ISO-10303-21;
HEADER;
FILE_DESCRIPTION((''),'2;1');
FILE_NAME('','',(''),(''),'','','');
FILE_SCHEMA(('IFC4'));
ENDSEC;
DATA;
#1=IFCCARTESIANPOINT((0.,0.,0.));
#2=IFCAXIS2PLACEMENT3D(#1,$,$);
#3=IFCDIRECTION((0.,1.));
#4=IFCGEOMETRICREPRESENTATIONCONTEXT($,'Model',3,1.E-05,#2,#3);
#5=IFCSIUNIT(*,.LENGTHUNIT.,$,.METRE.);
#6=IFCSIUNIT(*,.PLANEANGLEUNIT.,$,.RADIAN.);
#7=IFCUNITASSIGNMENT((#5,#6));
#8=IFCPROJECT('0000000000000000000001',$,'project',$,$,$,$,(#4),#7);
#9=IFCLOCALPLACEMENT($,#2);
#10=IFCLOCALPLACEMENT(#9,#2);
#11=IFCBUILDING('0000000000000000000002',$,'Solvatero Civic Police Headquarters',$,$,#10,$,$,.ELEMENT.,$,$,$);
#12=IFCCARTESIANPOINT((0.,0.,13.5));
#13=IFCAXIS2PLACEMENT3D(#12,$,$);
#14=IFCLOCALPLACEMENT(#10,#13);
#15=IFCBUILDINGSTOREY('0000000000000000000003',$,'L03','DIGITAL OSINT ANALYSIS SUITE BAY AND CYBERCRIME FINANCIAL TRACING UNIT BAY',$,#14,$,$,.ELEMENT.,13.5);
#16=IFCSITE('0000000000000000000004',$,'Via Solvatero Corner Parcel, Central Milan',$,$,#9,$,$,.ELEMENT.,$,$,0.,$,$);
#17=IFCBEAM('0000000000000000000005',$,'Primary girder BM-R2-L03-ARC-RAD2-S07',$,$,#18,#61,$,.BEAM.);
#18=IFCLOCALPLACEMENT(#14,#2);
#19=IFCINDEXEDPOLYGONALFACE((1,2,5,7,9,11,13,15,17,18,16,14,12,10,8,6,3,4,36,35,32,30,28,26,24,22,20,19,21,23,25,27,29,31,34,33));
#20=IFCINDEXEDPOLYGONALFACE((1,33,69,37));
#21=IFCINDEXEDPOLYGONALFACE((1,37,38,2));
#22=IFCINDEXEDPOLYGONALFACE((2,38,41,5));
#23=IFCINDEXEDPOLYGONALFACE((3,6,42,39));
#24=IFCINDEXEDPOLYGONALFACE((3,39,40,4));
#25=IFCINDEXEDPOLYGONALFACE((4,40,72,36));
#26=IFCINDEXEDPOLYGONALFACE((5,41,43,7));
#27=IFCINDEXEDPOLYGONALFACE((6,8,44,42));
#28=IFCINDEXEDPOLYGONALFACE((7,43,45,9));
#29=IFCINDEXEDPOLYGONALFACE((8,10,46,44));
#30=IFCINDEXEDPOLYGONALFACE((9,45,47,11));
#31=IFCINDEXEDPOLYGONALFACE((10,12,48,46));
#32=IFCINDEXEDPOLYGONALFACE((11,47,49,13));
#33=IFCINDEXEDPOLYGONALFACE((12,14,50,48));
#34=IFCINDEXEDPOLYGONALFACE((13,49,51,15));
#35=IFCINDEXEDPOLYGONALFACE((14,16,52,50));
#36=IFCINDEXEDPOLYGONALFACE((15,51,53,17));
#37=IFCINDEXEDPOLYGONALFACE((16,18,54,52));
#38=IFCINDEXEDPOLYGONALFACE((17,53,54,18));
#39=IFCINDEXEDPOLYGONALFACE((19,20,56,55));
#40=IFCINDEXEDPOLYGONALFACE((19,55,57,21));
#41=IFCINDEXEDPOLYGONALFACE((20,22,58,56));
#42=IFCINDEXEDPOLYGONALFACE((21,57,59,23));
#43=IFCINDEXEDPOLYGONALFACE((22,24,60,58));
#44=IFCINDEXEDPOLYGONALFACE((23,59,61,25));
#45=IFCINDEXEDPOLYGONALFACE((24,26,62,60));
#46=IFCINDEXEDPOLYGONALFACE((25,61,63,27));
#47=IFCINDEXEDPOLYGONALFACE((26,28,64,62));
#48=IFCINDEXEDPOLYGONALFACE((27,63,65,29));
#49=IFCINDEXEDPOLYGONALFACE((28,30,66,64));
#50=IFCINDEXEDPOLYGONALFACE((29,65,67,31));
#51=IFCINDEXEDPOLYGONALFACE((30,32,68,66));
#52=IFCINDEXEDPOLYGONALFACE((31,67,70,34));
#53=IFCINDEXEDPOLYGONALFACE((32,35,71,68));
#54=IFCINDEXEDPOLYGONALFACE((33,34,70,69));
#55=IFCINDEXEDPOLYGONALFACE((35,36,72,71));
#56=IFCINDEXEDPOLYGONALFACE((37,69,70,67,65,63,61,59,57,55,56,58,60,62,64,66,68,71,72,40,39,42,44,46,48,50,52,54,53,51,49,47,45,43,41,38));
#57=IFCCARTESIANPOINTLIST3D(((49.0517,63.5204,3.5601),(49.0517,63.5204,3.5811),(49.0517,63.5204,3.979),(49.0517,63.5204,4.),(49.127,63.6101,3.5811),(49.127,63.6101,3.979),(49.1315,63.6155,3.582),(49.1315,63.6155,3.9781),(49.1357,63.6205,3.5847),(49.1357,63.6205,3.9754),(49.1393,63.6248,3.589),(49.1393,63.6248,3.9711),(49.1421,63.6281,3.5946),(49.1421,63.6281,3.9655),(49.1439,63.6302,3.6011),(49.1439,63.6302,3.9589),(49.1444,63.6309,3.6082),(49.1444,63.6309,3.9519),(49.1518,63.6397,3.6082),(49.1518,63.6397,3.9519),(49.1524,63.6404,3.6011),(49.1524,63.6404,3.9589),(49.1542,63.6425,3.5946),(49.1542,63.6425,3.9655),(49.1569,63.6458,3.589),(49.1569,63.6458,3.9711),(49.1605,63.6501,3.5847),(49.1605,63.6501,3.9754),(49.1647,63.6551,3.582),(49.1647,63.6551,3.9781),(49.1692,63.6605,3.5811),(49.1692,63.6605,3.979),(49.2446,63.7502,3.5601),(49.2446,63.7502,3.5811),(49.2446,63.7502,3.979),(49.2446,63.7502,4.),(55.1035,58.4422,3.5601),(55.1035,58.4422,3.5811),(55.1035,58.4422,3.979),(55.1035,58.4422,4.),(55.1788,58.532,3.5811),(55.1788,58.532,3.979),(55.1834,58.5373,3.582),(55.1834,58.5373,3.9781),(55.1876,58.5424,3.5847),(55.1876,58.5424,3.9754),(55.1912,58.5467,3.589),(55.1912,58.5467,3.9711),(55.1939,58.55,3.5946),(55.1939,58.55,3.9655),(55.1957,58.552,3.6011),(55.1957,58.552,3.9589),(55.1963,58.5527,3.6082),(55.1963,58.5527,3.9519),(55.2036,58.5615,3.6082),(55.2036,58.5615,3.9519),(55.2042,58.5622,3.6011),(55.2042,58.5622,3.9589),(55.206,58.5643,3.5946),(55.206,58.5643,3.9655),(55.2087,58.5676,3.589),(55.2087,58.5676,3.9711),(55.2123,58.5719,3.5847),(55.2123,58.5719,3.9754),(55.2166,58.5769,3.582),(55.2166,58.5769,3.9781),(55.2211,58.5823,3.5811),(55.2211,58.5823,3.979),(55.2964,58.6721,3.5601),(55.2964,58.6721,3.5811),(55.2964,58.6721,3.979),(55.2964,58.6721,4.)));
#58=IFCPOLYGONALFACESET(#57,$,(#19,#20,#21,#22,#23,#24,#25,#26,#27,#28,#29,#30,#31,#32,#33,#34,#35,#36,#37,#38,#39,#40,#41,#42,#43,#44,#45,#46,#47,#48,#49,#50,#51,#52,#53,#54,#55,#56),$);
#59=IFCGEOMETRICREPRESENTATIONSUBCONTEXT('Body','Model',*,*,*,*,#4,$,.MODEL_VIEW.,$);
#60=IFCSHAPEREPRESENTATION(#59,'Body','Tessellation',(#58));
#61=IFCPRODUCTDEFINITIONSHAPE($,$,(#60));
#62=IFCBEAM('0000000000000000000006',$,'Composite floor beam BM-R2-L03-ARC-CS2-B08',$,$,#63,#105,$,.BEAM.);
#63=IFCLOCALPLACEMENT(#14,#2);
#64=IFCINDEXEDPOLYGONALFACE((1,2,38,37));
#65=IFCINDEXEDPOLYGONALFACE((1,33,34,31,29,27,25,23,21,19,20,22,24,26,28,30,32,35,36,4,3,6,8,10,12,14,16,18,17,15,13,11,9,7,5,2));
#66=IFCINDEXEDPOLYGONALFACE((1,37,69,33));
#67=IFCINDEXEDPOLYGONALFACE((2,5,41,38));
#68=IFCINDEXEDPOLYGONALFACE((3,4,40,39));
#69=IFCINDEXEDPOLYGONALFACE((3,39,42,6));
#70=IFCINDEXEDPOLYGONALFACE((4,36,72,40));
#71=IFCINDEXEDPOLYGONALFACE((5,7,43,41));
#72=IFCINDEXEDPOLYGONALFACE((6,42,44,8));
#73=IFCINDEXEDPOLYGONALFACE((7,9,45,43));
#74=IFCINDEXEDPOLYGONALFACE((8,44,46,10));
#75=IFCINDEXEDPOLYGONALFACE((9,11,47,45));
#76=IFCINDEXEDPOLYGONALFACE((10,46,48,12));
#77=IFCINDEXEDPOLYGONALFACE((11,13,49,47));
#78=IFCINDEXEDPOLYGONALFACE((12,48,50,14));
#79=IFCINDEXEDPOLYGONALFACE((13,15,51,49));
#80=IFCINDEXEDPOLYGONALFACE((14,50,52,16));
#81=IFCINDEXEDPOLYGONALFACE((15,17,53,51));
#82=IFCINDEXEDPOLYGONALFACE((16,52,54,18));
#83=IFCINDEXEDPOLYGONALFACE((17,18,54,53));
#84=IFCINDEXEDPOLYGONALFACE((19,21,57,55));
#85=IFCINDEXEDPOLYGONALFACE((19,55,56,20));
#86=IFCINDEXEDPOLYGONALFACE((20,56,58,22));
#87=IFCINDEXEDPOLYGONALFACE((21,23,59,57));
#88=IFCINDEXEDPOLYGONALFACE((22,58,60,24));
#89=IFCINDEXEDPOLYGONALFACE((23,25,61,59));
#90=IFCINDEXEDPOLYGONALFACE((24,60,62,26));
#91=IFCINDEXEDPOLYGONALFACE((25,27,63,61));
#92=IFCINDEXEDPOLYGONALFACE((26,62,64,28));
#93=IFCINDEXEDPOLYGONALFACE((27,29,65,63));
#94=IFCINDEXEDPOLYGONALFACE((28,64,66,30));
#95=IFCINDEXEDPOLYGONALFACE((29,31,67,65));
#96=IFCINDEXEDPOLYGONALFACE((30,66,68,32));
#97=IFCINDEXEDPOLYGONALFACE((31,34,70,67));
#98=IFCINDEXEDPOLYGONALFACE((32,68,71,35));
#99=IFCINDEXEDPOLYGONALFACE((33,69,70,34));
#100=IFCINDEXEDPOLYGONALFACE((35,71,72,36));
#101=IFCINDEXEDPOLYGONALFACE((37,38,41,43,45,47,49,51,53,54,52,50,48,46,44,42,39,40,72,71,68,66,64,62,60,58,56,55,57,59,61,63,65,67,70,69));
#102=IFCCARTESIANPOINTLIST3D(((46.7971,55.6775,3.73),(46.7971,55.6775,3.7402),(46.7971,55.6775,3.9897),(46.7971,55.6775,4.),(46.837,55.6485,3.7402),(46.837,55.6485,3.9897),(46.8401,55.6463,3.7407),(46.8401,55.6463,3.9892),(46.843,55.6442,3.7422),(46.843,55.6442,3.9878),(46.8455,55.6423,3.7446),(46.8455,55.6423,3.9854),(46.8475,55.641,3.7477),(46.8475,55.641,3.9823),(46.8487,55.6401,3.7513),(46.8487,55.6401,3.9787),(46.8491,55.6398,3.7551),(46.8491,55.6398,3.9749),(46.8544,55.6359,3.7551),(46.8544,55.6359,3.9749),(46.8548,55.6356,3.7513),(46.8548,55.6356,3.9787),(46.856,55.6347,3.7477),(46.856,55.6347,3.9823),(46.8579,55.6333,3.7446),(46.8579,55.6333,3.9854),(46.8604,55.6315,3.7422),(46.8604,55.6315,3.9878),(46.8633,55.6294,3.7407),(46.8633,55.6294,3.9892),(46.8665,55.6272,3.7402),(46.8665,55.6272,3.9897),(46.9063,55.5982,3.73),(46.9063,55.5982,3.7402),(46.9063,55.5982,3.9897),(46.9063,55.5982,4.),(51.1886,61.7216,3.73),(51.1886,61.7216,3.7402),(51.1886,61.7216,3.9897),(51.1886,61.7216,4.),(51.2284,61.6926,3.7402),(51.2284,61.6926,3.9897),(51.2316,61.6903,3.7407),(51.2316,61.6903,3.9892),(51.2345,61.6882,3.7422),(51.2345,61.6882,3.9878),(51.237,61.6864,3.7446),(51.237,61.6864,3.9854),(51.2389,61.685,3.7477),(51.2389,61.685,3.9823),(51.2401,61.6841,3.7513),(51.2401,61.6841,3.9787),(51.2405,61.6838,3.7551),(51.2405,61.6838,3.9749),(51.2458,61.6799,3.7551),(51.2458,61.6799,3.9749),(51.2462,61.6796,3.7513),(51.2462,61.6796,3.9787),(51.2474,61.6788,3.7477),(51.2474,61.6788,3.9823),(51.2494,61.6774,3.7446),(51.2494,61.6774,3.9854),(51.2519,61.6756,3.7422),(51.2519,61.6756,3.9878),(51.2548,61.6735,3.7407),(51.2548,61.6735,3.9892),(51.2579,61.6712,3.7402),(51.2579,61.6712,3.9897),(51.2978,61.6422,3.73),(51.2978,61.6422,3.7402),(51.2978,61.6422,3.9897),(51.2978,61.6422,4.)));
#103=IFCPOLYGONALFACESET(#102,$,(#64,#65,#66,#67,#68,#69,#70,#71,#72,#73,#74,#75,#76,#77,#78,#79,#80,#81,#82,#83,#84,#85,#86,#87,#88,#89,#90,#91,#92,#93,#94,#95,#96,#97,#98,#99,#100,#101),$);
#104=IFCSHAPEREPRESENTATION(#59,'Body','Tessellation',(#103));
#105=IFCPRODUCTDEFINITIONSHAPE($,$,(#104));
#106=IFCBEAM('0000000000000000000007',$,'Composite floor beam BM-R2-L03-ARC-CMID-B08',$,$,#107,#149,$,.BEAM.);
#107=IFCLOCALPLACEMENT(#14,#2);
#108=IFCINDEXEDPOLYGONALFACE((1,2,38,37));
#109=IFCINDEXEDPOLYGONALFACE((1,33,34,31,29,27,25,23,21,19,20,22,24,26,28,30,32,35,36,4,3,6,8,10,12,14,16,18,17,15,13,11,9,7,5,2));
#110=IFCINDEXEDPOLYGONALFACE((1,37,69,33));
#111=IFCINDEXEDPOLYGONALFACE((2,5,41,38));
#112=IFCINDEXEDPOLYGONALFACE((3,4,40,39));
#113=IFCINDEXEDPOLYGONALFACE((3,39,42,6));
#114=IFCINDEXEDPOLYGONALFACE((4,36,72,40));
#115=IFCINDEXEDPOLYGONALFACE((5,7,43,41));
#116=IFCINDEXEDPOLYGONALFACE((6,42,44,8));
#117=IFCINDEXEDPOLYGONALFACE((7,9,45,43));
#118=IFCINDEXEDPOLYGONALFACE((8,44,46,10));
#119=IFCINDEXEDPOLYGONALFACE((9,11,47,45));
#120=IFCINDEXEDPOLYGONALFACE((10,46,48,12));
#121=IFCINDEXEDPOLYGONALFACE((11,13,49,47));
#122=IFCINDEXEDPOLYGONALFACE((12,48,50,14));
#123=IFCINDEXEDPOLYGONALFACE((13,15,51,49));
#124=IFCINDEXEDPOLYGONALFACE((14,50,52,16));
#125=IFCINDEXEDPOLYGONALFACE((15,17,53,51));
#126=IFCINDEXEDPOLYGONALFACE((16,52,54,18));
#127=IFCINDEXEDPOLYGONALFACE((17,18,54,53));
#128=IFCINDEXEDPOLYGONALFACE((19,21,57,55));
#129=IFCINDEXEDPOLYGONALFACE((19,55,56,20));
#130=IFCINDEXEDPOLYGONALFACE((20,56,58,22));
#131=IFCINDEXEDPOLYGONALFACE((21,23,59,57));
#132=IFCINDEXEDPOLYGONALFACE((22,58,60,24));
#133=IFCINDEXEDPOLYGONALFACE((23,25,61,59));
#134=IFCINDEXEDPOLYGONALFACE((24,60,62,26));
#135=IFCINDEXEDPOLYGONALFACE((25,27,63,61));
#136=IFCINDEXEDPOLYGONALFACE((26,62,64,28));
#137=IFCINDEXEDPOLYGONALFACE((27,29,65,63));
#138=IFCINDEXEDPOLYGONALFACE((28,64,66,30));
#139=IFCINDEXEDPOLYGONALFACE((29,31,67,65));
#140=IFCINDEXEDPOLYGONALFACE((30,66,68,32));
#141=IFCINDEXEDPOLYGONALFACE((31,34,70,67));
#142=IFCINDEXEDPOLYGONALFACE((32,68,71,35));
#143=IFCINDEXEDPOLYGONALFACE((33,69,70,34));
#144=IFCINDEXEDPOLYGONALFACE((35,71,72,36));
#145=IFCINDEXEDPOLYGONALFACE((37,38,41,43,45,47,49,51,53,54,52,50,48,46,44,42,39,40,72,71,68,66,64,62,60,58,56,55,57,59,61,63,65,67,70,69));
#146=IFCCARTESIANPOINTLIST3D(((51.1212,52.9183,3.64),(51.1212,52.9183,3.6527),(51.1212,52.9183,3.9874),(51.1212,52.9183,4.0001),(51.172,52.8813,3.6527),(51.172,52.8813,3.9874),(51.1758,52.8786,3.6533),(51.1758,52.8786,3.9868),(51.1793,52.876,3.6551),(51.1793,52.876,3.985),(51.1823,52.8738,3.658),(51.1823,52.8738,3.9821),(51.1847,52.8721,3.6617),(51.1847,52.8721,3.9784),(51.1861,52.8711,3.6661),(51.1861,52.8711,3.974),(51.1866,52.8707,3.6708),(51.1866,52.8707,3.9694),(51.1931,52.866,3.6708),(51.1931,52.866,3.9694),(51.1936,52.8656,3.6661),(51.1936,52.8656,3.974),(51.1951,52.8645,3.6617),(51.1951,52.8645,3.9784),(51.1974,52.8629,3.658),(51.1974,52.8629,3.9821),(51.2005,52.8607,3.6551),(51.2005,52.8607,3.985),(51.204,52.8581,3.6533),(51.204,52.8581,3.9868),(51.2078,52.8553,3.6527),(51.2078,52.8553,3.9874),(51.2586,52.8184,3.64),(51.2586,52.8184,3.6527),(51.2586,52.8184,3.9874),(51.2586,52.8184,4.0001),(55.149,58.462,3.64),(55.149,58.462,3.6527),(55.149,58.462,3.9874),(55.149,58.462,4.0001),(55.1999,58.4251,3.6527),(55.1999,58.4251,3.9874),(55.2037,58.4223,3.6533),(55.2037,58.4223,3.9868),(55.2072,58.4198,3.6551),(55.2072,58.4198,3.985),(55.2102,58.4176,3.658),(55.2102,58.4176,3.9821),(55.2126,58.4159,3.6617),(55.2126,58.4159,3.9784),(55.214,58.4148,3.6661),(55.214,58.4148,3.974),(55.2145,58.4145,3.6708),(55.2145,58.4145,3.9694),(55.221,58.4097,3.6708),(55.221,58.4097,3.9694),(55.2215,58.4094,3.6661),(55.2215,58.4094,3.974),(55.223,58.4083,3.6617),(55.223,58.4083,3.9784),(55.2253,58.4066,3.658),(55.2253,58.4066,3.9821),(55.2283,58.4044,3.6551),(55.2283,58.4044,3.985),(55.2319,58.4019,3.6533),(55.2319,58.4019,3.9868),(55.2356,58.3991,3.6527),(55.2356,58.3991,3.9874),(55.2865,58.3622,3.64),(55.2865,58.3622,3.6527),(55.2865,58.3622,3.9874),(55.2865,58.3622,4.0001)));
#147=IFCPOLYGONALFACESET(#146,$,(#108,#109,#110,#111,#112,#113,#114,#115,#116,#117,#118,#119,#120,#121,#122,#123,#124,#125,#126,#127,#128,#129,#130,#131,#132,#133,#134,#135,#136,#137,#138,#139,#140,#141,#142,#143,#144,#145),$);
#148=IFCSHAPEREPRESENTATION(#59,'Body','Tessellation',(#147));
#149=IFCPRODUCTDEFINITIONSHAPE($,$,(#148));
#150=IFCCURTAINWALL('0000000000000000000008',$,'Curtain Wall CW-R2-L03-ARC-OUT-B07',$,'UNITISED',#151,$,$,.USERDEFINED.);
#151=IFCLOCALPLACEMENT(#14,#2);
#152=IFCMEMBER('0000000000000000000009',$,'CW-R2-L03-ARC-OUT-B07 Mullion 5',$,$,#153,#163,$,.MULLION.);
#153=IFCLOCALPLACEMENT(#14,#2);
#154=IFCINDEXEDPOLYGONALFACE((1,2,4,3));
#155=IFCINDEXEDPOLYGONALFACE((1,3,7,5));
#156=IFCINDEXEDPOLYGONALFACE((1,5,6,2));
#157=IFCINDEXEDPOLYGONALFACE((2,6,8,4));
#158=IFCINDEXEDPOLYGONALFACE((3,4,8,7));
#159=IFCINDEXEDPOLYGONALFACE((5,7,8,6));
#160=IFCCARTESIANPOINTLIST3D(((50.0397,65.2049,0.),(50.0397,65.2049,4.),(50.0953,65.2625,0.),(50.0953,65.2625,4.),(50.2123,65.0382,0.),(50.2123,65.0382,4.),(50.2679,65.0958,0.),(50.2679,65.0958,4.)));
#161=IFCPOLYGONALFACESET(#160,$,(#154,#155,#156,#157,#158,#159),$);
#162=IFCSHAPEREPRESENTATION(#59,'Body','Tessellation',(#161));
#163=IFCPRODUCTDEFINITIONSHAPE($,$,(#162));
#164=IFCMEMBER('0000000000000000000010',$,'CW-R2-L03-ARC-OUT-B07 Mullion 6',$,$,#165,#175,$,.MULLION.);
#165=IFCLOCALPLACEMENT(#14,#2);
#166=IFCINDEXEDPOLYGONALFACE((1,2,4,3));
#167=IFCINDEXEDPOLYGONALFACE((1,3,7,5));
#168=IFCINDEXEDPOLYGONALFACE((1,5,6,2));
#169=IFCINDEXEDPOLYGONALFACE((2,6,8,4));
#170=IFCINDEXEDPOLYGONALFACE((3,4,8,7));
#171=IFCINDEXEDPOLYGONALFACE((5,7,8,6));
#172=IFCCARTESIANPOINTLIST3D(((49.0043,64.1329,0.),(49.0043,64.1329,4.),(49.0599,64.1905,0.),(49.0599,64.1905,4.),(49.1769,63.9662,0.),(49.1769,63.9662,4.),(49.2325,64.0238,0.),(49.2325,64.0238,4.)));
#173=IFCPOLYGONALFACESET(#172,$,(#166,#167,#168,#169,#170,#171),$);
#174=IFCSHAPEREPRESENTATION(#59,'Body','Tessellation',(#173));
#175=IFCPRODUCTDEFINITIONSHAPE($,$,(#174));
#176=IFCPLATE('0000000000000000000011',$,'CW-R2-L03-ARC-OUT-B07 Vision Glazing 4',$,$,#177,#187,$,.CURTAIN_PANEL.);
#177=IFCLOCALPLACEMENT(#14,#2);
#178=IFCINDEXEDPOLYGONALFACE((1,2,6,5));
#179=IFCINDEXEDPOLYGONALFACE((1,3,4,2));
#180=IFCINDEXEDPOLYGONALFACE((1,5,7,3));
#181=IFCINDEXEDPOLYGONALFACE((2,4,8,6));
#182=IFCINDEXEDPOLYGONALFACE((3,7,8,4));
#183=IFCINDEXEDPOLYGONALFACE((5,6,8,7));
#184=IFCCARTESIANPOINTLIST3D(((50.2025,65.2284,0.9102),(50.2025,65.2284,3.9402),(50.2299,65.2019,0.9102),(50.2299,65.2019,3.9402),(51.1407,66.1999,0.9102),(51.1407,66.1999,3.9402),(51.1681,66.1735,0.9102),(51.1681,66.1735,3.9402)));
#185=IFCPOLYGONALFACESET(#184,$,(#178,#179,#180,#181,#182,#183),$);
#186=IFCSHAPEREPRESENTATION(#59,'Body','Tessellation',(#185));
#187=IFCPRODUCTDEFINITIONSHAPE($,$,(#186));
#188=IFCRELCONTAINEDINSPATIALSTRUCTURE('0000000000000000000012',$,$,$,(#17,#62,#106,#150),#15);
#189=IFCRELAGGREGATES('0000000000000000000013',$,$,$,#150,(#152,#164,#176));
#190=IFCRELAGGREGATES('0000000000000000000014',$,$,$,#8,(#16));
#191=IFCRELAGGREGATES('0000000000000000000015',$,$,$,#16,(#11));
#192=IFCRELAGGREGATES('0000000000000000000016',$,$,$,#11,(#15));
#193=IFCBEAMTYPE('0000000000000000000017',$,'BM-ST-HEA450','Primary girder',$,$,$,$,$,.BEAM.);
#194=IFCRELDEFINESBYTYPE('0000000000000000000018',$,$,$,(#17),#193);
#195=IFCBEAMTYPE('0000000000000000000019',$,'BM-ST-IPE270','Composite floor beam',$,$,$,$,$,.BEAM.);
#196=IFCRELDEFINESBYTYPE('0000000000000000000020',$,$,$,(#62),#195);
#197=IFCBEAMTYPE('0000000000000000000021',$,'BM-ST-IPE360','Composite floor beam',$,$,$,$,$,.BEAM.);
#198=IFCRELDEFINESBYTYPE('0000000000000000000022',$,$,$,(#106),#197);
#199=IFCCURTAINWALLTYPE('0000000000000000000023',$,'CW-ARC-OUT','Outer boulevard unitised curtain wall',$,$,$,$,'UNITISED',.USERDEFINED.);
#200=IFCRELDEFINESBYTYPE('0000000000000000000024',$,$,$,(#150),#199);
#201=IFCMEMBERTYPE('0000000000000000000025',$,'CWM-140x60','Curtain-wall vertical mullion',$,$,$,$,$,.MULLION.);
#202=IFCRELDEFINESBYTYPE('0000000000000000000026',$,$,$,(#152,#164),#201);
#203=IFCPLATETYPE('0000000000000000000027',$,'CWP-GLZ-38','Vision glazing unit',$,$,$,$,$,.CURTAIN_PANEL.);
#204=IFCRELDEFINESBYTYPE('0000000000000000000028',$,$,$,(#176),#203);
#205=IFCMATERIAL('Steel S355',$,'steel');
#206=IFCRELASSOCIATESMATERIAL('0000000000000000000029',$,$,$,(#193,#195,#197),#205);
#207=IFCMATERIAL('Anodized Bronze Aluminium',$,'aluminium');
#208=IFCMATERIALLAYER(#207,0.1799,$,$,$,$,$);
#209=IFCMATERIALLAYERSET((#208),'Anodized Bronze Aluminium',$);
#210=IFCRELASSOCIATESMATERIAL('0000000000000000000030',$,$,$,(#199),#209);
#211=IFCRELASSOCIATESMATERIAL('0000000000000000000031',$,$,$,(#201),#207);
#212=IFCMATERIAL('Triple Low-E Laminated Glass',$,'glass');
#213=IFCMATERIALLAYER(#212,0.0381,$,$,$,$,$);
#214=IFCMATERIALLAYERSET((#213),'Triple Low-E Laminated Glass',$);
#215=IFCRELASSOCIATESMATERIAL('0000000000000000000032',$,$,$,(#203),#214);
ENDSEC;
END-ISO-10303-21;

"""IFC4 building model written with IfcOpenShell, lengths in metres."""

from ifc_helpers import new_model, si_unit, direction, frame, origin, origin_2d, place, context, subcontext, project, spatial, rectangle, i_section, extrude, material, layer, layer_set, material_profile, profile_set, type_object, element, aggregate, save


model = new_model("IFC4")

# Units and contexts
model_context = context("Model", 3, precision=1e-05, world=origin(), true_north=direction((0.0, 1.0)))
body_context = subcontext(model_context, "Body", "Model", "MODEL_VIEW")
ifc_project = project(units=[si_unit("LENGTHUNIT", "METRE"), si_unit("PLANEANGLEUNIT", "RADIAN")], contexts=[model_context])

# Site, building, storey
site_placement = place(None, origin())
site = spatial("IfcSite", under=ifc_project, at=site_placement, Name="Via Solvatero Corner Parcel, Central Milan", CompositionType="ELEMENT", RefElevation=0.0)
building_placement = place(site_placement, origin())
building = spatial("IfcBuilding", under=site, at=building_placement, Name="Solvatero Civic Police Headquarters", CompositionType="ELEMENT")
storey_placement = place(building_placement, frame((0.0, 0.0, 13.5)))
storey = spatial("IfcBuildingStorey", under=building, at=storey_placement, Name="L03", Description="DIGITAL OSINT ANALYSIS SUITE BAY AND CYBERCRIME FINANCIAL TRACING UNIT BAY", CompositionType="ELEMENT", Elevation=13.5)

# Shared definitions
ifc_material_1 = material(Name="Steel S355", Category="steel")

# Beams
ifc_material_profile_1 = material_profile(ifc_material_1, i_section(OverallWidth=0.3, OverallDepth=0.4399, WebThickness=0.0115, FlangeThickness=0.021, FilletRadius=0.0271, at=origin_2d()), Name="HEA 450")
ifc_profile_set_1 = profile_set([ifc_material_profile_1], Name="Steel S355")
beam_type_1 = type_object("IfcBeamType", Name="BM-ST-HEA450", Description="Primary girder", PredefinedType="BEAM", material=ifc_profile_set_1)
beam_1_placement = place(storey_placement, frame((55.2, 58.5571, 3.78), z_axis=(-0.766038, 0.642795, 0.0), x_axis=(-0.642795, -0.766038, 0.0)))
element("IfcBeam", 1, at=beam_1_placement, inside=storey, type_object=beam_type_1, Name="Primary girder BM-R2-L03-ARC-RAD2-S07", PredefinedType="BEAM", context=body_context, shape_type="SweptSolid", body=[
    extrude(i_section(OverallWidth=0.3, OverallDepth=0.4399, WebThickness=0.0115, FlangeThickness=0.021, FilletRadius=0.0271, at=origin_2d()), origin(), (0.0, 0.0, 1.0), 7.9001),
])
ifc_material_profile_2 = material_profile(ifc_material_1, i_section(OverallWidth=0.135, OverallDepth=0.27, WebThickness=0.0066, FlangeThickness=0.0103, FilletRadius=0.0149, at=origin_2d()), Name="IPE 270")
ifc_profile_set_2 = profile_set([ifc_material_profile_2], Name="Steel S355")
beam_type_2 = type_object("IfcBeamType", Name="BM-ST-IPE270", Description="Composite floor beam", PredefinedType="BEAM", material=ifc_profile_set_2)
beam_2_placement = place(storey_placement, frame((51.2432, 61.6819, 3.865), z_axis=(-0.587801, -0.809006, 0.0), x_axis=(0.809006, -0.587801, 0.0)))
element("IfcBeam", 2, at=beam_2_placement, inside=storey, type_object=beam_type_2, Name="Composite floor beam BM-R2-L03-ARC-CS2-B08", PredefinedType="BEAM", context=body_context, shape_type="SweptSolid", body=[
    extrude(i_section(OverallWidth=0.135, OverallDepth=0.27, WebThickness=0.0066, FlangeThickness=0.0103, FilletRadius=0.0149, at=origin_2d()), origin(), (0.0, 0.0, 1.0), 7.4709),
])
ifc_material_profile_3 = material_profile(ifc_material_1, i_section(OverallWidth=0.1699, OverallDepth=0.3601, WebThickness=0.0081, FlangeThickness=0.0127, FilletRadius=0.0181, at=origin_2d()), Name="IPE 360")
ifc_profile_set_3 = profile_set([ifc_material_profile_3], Name="Steel S355")
beam_type_3 = type_object("IfcBeamType", Name="BM-ST-IPE360", Description="Composite floor beam", PredefinedType="BEAM", material=ifc_profile_set_3)
beam_3_placement = place(storey_placement, frame((55.2178, 58.4121, 3.8201), z_axis=(-0.587795, -0.80901, 0.0), x_axis=(0.80901, -0.587795, 0.0)))
element("IfcBeam", 3, at=beam_3_placement, inside=storey, type_object=beam_type_3, Name="Composite floor beam BM-R2-L03-ARC-CMID-B08", PredefinedType="BEAM", context=body_context, shape_type="SweptSolid", body=[
    extrude(i_section(OverallWidth=0.1699, OverallDepth=0.3601, WebThickness=0.0081, FlangeThickness=0.0127, FilletRadius=0.0181, at=origin_2d()), origin(), (0.0, 0.0, 1.0), 6.8525),
])

# Curtain wall, members, plate
ifc_material_2 = material(Name="Anodized Bronze Aluminium", Category="aluminium")
ifc_layer_1 = layer(ifc_material_2, 0.1799)
ifc_layer_set_1 = layer_set([ifc_layer_1], Name="Anodized Bronze Aluminium")
curtain_wall_type = type_object("IfcCurtainWallType", Name="CW-ARC-OUT", Description="Outer boulevard unitised curtain wall", ElementType="UNITISED", PredefinedType="USERDEFINED", material=ifc_layer_set_1)
curtain_wall_placement = place(storey_placement, origin())
curtain_wall = element("IfcCurtainWall", 4, at=curtain_wall_placement, inside=storey, type_object=curtain_wall_type, Name="Curtain Wall CW-R2-L03-ARC-OUT-B07", ObjectType="UNITISED", PredefinedType="USERDEFINED")
ifc_material_profile_4 = material_profile(ifc_material_2, rectangle(XDim=0.0801, YDim=0.24, at=origin_2d()), Name="ALU MULLION 80x240")
ifc_profile_set_4 = profile_set([ifc_material_profile_4], Name="Anodized Bronze Aluminium")
member_type = type_object("IfcMemberType", Name="CWM-140x60", Description="Curtain-wall vertical mullion", PredefinedType="MULLION", material=ifc_profile_set_4)
member_1_placement = place(storey_placement, frame((50.1538, 65.1504, 0.0), z_axis=(0.0, 0.0, 1.0), x_axis=(-0.694646, -0.719352, 0.0)))
member_1 = element("IfcMember", 5, at=member_1_placement, type_object=member_type, Name="CW-R2-L03-ARC-OUT-B07 Mullion 5", PredefinedType="MULLION", context=body_context, shape_type="SweptSolid", body=[
    extrude(rectangle(XDim=0.0801, YDim=0.24, at=origin_2d()), origin(), (0.0, 0.0, 1.0), 4.0),
])
member_2_placement = place(storey_placement, frame((49.1184, 64.0784, 0.0), z_axis=(0.0, 0.0, 1.0), x_axis=(-0.694646, -0.719352, 0.0)))
member_2 = element("IfcMember", 6, at=member_2_placement, type_object=member_type, Name="CW-R2-L03-ARC-OUT-B07 Mullion 6", PredefinedType="MULLION", context=body_context, shape_type="SweptSolid", body=[
    extrude(rectangle(XDim=0.0801, YDim=0.24, at=origin_2d()), origin(), (0.0, 0.0, 1.0), 4.0),
])
ifc_material_3 = material(Name="Triple Low-E Laminated Glass", Category="glass")
ifc_layer_2 = layer(ifc_material_3, 0.0381)
ifc_layer_set_2 = layer_set([ifc_layer_2], Name="Triple Low-E Laminated Glass")
plate_type_1 = type_object("IfcPlateType", Name="CWP-GLZ-38", Description="Vision glazing unit", PredefinedType="CURTAIN_PANEL", material=ifc_layer_set_2)
plate_1_placement = place(storey_placement, frame((50.6853, 65.7009, 0.9102), z_axis=(0.0, 0.0, 1.0), x_axis=(-0.694646, -0.719352, 0.0)))
plate_1 = element("IfcPlate", 7, at=plate_1_placement, type_object=plate_type_1, Name="CW-R2-L03-ARC-OUT-B07 Vision Glazing 4", PredefinedType="CURTAIN_PANEL", context=body_context, shape_type="SweptSolid", body=[
    extrude(rectangle(XDim=1.3506, YDim=0.0381, at=origin_2d()), origin(), (0.0, 0.0, 1.0), 3.03),
])
aggregate(curtain_wall, [member_1, member_2, plate_1])

save(model, "model.ifc")
